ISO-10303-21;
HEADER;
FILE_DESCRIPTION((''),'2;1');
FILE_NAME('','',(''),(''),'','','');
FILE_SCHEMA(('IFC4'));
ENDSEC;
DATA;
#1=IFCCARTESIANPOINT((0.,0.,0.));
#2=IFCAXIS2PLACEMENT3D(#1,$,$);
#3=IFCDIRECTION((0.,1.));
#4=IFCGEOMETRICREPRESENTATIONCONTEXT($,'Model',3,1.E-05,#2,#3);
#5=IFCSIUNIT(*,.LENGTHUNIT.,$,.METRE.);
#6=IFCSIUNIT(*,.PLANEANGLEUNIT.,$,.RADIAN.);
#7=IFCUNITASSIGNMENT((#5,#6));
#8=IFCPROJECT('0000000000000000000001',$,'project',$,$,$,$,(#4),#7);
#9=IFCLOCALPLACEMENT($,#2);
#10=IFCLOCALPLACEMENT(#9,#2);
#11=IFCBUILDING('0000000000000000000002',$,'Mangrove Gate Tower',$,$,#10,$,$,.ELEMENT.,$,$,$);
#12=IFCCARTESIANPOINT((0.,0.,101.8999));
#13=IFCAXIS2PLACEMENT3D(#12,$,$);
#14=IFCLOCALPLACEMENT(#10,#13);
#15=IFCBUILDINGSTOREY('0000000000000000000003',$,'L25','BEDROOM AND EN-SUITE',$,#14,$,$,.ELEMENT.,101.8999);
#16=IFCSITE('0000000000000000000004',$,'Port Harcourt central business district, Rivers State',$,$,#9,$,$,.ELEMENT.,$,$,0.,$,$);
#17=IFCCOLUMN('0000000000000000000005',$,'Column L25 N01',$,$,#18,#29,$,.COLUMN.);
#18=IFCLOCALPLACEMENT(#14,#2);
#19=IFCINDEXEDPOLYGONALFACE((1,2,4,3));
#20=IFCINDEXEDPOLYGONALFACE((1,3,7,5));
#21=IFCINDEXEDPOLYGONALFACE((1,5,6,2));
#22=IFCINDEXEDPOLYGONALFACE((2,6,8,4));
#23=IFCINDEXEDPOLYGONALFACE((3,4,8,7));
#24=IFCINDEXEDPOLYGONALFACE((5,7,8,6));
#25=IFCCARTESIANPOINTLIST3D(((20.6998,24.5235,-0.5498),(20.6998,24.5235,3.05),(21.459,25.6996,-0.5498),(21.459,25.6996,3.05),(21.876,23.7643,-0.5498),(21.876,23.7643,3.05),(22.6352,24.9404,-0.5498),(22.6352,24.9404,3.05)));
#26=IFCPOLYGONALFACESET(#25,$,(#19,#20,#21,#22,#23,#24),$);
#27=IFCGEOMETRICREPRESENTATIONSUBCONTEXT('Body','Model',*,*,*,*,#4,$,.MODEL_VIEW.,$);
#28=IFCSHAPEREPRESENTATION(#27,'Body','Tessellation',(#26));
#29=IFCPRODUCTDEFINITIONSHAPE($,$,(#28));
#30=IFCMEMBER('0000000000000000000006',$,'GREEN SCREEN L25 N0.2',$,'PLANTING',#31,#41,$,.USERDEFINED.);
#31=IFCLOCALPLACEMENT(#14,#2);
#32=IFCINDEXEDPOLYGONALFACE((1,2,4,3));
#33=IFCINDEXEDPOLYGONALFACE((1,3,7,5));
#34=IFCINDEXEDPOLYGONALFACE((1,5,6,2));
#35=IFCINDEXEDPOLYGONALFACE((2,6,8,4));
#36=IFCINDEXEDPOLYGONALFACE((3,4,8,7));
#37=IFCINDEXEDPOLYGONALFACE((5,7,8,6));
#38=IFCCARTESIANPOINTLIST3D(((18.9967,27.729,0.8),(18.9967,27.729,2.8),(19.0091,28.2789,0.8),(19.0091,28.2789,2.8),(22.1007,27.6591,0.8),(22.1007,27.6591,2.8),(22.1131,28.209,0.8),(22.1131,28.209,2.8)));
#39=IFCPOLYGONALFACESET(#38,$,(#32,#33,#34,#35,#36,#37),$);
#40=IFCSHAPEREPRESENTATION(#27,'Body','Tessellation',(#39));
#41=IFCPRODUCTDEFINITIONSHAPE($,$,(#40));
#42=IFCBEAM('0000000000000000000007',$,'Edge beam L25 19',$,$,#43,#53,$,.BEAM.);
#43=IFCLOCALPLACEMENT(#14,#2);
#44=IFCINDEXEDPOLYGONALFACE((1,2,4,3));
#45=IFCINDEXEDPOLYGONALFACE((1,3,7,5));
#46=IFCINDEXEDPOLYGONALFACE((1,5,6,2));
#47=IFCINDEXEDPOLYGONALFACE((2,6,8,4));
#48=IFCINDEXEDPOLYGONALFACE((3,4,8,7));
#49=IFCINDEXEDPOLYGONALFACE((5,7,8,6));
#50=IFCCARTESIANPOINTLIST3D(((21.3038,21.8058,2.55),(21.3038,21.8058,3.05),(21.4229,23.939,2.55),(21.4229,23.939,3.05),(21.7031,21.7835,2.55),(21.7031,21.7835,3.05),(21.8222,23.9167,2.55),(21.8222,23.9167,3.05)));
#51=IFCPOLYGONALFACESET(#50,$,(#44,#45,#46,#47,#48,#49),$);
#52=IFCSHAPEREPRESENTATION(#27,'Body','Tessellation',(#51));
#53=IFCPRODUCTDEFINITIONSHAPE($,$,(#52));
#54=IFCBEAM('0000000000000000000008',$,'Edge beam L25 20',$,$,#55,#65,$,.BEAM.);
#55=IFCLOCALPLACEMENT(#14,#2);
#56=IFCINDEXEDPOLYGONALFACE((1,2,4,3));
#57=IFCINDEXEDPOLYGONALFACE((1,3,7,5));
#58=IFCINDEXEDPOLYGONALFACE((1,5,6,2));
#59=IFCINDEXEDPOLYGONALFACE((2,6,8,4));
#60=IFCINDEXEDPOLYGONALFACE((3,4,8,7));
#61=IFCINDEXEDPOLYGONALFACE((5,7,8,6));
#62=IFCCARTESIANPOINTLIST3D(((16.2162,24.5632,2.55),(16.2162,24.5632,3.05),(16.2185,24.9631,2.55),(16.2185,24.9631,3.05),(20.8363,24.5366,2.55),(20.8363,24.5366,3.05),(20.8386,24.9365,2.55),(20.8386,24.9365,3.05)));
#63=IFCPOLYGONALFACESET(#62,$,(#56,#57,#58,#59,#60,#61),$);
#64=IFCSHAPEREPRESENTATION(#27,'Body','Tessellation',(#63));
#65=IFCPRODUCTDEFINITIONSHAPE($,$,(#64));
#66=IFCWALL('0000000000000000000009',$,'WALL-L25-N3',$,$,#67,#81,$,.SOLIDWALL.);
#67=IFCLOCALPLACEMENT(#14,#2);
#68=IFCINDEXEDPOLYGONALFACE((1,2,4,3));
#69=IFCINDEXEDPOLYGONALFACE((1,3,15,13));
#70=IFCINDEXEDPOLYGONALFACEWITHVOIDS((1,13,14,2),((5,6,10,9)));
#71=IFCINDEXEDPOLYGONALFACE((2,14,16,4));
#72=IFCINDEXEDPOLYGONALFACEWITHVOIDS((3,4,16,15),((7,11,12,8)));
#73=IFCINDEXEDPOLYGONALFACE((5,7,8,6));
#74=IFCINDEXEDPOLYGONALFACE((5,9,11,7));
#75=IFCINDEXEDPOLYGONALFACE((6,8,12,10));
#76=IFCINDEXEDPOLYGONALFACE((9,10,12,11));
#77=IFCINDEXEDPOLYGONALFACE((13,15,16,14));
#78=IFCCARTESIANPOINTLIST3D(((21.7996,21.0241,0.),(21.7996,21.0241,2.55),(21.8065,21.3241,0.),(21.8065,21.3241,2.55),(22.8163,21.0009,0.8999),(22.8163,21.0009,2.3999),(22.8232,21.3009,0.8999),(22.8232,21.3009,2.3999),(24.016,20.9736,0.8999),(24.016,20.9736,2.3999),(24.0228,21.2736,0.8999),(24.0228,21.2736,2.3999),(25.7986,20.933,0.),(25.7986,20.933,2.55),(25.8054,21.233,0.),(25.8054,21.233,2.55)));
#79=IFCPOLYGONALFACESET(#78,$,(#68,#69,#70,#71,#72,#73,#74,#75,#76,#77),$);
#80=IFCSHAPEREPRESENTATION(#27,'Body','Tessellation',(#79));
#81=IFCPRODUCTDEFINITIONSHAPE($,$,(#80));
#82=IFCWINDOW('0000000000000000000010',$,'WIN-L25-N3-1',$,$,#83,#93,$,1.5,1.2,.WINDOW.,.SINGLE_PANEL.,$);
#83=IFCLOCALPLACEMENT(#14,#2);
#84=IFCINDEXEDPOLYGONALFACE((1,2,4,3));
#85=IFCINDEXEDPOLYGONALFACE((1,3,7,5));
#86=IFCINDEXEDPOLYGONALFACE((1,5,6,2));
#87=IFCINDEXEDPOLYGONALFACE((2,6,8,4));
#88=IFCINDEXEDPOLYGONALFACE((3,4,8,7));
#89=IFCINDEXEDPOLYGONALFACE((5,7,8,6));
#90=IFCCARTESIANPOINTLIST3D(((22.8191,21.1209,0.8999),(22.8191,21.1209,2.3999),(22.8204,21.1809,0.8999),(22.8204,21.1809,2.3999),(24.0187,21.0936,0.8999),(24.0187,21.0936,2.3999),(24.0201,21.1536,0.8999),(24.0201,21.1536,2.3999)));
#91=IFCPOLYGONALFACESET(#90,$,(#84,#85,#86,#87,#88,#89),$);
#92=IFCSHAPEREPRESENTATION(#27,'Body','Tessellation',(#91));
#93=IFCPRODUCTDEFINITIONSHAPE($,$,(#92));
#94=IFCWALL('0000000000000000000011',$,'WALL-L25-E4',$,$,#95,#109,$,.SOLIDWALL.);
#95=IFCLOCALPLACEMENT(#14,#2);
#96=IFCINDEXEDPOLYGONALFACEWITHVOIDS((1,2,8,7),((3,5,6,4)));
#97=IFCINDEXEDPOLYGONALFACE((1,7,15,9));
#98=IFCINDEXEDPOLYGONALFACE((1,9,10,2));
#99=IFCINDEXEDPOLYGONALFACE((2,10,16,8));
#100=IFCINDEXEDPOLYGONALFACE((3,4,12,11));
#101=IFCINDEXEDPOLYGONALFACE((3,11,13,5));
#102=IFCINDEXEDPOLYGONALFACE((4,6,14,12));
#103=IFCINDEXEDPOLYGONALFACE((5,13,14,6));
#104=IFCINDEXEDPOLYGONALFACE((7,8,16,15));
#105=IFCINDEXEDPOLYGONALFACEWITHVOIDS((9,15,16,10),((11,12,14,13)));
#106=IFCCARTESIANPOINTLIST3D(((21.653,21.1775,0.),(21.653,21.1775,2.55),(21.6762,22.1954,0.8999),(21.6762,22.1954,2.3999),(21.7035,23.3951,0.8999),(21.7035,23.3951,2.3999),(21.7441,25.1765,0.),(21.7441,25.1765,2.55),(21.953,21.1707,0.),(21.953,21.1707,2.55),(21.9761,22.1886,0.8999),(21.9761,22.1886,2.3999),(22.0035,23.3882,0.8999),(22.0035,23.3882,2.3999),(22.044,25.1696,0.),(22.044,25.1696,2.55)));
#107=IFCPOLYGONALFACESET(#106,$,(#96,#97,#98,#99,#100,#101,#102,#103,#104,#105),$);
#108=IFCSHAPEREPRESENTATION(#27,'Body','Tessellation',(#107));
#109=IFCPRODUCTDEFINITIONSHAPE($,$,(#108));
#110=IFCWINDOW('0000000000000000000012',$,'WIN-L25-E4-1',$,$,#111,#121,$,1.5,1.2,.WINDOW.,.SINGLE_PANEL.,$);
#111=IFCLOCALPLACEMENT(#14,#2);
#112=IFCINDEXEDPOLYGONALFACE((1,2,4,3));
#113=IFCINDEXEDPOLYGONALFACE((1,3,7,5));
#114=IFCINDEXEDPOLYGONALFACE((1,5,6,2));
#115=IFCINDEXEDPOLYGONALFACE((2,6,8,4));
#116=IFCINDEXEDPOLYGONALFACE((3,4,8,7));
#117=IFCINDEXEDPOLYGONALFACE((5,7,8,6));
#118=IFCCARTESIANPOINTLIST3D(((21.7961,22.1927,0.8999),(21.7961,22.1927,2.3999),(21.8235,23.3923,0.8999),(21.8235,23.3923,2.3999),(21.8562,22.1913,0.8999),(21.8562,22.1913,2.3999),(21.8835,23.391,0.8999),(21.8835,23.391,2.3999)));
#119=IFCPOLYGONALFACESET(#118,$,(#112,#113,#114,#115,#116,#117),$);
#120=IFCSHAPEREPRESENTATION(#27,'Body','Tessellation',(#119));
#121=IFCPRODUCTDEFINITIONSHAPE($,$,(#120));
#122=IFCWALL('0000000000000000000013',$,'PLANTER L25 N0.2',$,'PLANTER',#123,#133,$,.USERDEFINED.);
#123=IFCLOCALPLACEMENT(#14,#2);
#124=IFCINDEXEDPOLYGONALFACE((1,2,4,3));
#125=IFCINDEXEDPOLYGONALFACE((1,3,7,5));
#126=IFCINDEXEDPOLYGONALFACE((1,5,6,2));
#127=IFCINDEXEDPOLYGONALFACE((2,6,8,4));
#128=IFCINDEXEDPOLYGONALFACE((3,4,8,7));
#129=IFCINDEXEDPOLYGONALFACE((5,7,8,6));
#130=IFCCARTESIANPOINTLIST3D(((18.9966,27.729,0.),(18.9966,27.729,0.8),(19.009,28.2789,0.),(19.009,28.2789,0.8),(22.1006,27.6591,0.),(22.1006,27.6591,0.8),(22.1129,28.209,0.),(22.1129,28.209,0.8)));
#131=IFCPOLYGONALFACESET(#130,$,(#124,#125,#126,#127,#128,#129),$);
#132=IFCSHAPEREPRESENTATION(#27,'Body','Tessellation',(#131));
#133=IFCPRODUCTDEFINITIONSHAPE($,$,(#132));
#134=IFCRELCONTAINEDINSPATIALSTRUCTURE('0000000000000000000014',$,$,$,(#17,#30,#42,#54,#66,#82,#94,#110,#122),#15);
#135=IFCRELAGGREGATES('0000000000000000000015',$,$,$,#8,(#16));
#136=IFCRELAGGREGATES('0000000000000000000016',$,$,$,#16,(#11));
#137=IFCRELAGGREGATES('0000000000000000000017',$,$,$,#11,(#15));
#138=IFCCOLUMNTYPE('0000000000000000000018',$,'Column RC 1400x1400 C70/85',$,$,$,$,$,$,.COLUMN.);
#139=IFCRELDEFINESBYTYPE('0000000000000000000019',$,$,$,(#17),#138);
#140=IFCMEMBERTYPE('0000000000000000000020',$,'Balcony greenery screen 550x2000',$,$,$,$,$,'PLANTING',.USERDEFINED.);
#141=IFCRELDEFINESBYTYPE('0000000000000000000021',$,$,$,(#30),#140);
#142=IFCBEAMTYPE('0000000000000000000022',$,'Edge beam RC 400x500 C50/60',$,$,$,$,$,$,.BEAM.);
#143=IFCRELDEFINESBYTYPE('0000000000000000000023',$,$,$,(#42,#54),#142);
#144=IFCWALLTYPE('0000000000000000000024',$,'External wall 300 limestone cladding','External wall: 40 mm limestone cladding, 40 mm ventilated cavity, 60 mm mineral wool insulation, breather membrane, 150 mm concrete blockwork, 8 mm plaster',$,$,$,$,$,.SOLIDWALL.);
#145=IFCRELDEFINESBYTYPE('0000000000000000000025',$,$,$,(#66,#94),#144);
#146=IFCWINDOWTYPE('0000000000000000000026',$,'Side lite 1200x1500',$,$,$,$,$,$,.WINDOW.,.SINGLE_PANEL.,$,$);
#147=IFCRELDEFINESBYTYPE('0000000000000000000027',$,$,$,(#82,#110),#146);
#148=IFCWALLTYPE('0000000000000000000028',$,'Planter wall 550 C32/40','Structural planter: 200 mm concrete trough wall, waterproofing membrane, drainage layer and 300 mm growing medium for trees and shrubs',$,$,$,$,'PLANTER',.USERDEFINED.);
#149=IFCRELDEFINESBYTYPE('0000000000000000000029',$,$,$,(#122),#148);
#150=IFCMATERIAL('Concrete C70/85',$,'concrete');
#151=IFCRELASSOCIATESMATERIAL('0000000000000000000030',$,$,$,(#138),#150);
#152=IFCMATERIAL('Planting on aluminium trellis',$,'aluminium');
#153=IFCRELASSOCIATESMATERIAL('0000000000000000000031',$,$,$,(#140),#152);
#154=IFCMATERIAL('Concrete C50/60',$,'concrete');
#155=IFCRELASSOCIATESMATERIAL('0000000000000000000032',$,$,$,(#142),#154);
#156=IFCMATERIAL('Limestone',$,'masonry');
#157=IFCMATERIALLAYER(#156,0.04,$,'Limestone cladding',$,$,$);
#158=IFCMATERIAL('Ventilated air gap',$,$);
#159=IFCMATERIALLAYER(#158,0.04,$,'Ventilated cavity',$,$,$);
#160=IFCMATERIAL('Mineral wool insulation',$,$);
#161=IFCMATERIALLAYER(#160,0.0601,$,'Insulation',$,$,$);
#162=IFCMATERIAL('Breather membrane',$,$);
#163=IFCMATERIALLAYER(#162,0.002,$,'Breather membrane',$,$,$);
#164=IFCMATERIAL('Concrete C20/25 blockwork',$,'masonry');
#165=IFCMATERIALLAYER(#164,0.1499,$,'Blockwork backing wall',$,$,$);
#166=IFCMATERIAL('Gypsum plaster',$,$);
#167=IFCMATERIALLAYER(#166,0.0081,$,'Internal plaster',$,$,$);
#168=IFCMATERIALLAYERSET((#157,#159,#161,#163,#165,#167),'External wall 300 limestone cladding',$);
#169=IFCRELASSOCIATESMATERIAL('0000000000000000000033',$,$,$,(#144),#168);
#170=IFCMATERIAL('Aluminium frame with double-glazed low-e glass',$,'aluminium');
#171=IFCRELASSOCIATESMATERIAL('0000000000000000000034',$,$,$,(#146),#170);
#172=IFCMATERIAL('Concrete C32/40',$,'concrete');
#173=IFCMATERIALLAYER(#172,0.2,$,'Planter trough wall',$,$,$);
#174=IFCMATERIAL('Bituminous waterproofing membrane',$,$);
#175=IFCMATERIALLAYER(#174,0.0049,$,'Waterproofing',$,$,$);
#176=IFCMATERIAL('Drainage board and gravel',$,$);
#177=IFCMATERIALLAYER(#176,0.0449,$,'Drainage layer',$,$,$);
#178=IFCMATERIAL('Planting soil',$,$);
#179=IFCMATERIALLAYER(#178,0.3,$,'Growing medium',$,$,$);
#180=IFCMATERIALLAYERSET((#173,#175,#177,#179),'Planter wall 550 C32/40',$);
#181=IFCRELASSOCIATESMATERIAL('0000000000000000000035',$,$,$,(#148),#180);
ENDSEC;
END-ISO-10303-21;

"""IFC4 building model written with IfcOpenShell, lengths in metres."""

from ifc_helpers import new_model, si_unit, direction, frame, frame_2d, origin, origin_2d, place, context, subcontext, project, spatial, rectangle, extrude, material, layer, layer_set, material_profile, profile_set, type_object, element, fill, save


model = new_model("IFC4")

# Units and contexts
model_context = context("Model", 3, precision=1e-05, world=origin(), true_north=direction((0.0, 1.0)))
body_context = subcontext(model_context, "Body", "Model", "MODEL_VIEW")
ifc_project = project(units=[si_unit("LENGTHUNIT", "METRE"), si_unit("PLANEANGLEUNIT", "RADIAN")], contexts=[model_context])

# Site, building, storey
site_placement = place(None, origin())
site = spatial("IfcSite", under=ifc_project, at=site_placement, Name="Port Harcourt central business district, Rivers State", CompositionType="ELEMENT", RefElevation=0.0)
building_placement = place(site_placement, origin())
building = spatial("IfcBuilding", under=site, at=building_placement, Name="Mangrove Gate Tower", CompositionType="ELEMENT")
storey_placement = place(building_placement, frame((0.0, 0.0, 101.8999)))
storey = spatial("IfcBuildingStorey", under=building, at=storey_placement, Name="L25", Description="BEDROOM AND EN-SUITE", CompositionType="ELEMENT", Elevation=101.8999)

# Column
ifc_material_1 = material(Name="Concrete C70/85", Category="concrete")
ifc_material_profile_1 = material_profile(ifc_material_1, rectangle(XDim=1.3999, YDim=1.3999, at=origin_2d()))
ifc_profile_set_1 = profile_set([ifc_material_profile_1], Name="Concrete C70/85")
column_type = type_object("IfcColumnType", Name="Column RC 1400x1400 C70/85", PredefinedType="COLUMN", material=ifc_profile_set_1)
column_placement = place(storey_placement, frame((21.6675, 24.7319, -0.5498), z_axis=(0.0, 0.0, 1.0), x_axis=(-0.84017, 0.542323, 0.0)))
element("IfcColumn", 1, at=column_placement, inside=storey, type_object=column_type, Name="Column L25 N01", PredefinedType="COLUMN", context=body_context, shape_type="SweptSolid", body=[
    extrude(rectangle(XDim=1.3999, YDim=1.3999, at=origin_2d()), origin(), (0.0, 0.0, 1.0), 3.5999),
])

# Member
ifc_material_2 = material(Name="Planting on aluminium trellis", Category="aluminium")
ifc_material_profile_2 = material_profile(ifc_material_2, rectangle(XDim=0.55, YDim=2.0, at=origin_2d()))
ifc_profile_set_2 = profile_set([ifc_material_profile_2], Name="Planting on aluminium trellis")
member_type = type_object("IfcMemberType", Name="Balcony greenery screen 550x2000", ElementType="PLANTING", PredefinedType="USERDEFINED", material=ifc_profile_set_2)
member_placement = place(storey_placement, frame((19.0029, 28.0039, 1.8), z_axis=(0.999747, -0.022489, 0.0), x_axis=(0.022489, 0.999747, 0.0)))
element("IfcMember", 2, at=member_placement, inside=storey, type_object=member_type, Name="GREEN SCREEN L25 N0.2", ObjectType="PLANTING", PredefinedType="USERDEFINED", context=body_context, shape_type="SweptSolid", body=[
    extrude(rectangle(XDim=0.55, YDim=2.0, at=origin_2d()), origin(), (0.0, 0.0, 1.0), 3.1047),
])

# Beams
ifc_material_3 = material(Name="Concrete C50/60", Category="concrete")
ifc_material_profile_3 = material_profile(ifc_material_3, rectangle(XDim=0.3999, YDim=0.5, at=origin_2d()))
ifc_profile_set_3 = profile_set([ifc_material_profile_3], Name="Concrete C50/60")
beam_type = type_object("IfcBeamType", Name="Edge beam RC 400x500 C50/60", PredefinedType="BEAM", material=ifc_profile_set_3)
beam_1_placement = place(storey_placement, frame((21.5034, 21.7947, 2.8), z_axis=(0.055767, 0.998444, 0.0), x_axis=(-0.998444, 0.055767, 0.0)))
element("IfcBeam", 3, at=beam_1_placement, inside=storey, type_object=beam_type, Name="Edge beam L25 19", PredefinedType="BEAM", context=body_context, shape_type="SweptSolid", body=[
    extrude(rectangle(XDim=0.3999, YDim=0.5, at=origin_2d()), origin(), (0.0, 0.0, 1.0), 2.1365),
])
beam_2_placement = place(storey_placement, frame((20.8374, 24.7366, 2.8), z_axis=(-0.999983, 0.00576, 0.0), x_axis=(-0.00576, -0.999983, 0.0)))
element("IfcBeam", 4, at=beam_2_placement, inside=storey, type_object=beam_type, Name="Edge beam L25 20", PredefinedType="BEAM", context=body_context, shape_type="SweptSolid", body=[
    extrude(rectangle(XDim=0.3999, YDim=0.5, at=origin_2d()), origin(), (0.0, 0.0, 1.0), 4.6201),
])

# Walls, openings, windows
ifc_material_4 = material(Name="Limestone", Category="masonry")
ifc_layer_1 = layer(ifc_material_4, 0.04, Name="Limestone cladding")
ifc_material_5 = material(Name="Ventilated air gap")
ifc_layer_2 = layer(ifc_material_5, 0.04, Name="Ventilated cavity")
ifc_material_6 = material(Name="Mineral wool insulation")
ifc_layer_3 = layer(ifc_material_6, 0.0601, Name="Insulation")
ifc_material_7 = material(Name="Breather membrane")
ifc_layer_4 = layer(ifc_material_7, 0.002, Name="Breather membrane")
ifc_material_8 = material(Name="Concrete C20/25 blockwork", Category="masonry")
ifc_layer_5 = layer(ifc_material_8, 0.1499, Name="Blockwork backing wall")
ifc_material_9 = material(Name="Gypsum plaster")
ifc_layer_6 = layer(ifc_material_9, 0.0081, Name="Internal plaster")
ifc_layer_set_1 = layer_set([ifc_layer_1, ifc_layer_2, ifc_layer_3, ifc_layer_4, ifc_layer_5, ifc_layer_6], Name="External wall 300 limestone cladding")
wall_type_1 = type_object("IfcWallType", Name="External wall 300 limestone cladding", Description="External wall: 40 mm limestone cladding, 40 mm ventilated cavity, 60 mm mineral wool insulation, breather membrane, 150 mm concrete blockwork, 8 mm plaster", PredefinedType="SOLIDWALL", material=ifc_layer_set_1)
wall_1_placement = place(storey_placement, frame((25.802, 21.083, 0.0), z_axis=(0.0, 0.0, 1.0), x_axis=(-0.999741, 0.022766, 0.0)))
wall_1 = element("IfcWall", 5, at=wall_1_placement, inside=storey, type_object=wall_type_1, Name="WALL-L25-N3", PredefinedType="SOLIDWALL", context=body_context, shape_type="SweptSolid", body=[
    extrude(rectangle(XDim=4.0, YDim=0.3, at=frame_2d((2.0, 0.0))), origin(), (0.0, 0.0, 1.0), 2.55),
])
opening_1_placement = place(wall_1_placement, frame((1.783, 0.0, 0.8999)))
opening_1 = element("IfcOpeningElement", 6, at=opening_1_placement, cuts=wall_1, PredefinedType="OPENING", context=body_context, shape_type="SweptSolid", body=[
    extrude(rectangle(XDim=1.2, YDim=1.5, at=frame_2d((0.6001, 0.75))), frame((0.0, 0.1599, 0.0), z_axis=(0.0, -1.0, 0.0), x_axis=(1.0, 0.0, 0.0)), (0.0, 0.0, 1.0), 0.3201),
])
ifc_material_10 = material(Name="Aluminium frame with double-glazed low-e glass", Category="aluminium")
window_type_1 = type_object("IfcWindowType", Name="Side lite 1200x1500", PartitioningType="SINGLE_PANEL", PredefinedType="WINDOW", material=ifc_material_10)
window_1_placement = place(opening_1_placement, origin())
window_1 = element("IfcWindow", 7, at=window_1_placement, inside=storey, type_object=window_type_1, Name="WIN-L25-N3-1", OverallHeight=1.5, OverallWidth=1.2, PartitioningType="SINGLE_PANEL", PredefinedType="WINDOW", context=body_context, shape_type="SweptSolid", body=[
    extrude(rectangle(XDim=1.2, YDim=1.5, at=frame_2d((0.6001, 0.75))), frame((0.0, 0.03, 0.0), z_axis=(0.0, -1.0, 0.0), x_axis=(1.0, 0.0, 0.0)), (0.0, 0.0, 1.0), 0.0601),
])
fill(opening_1, window_1)
wall_2_placement = place(storey_placement, frame((21.803, 21.1741, 0.0), z_axis=(0.0, 0.0, 1.0), x_axis=(0.022766, 0.999741, 0.0)))
wall_2 = element("IfcWall", 8, at=wall_2_placement, inside=storey, type_object=wall_type_1, Name="WALL-L25-E4", PredefinedType="SOLIDWALL", context=body_context, shape_type="SweptSolid", body=[
    extrude(rectangle(XDim=4.0, YDim=0.3, at=frame_2d((2.0, 0.0))), origin(), (0.0, 0.0, 1.0), 2.55),
])
opening_2_placement = place(wall_2_placement, frame((1.0181, 0.0, 0.8999)))
opening_2 = element("IfcOpeningElement", 9, at=opening_2_placement, cuts=wall_2, PredefinedType="OPENING", context=body_context, shape_type="SweptSolid", body=[
    extrude(rectangle(XDim=1.2, YDim=1.5, at=frame_2d((0.6001, 0.75))), frame((0.0, 0.1599, 0.0), z_axis=(0.0, -1.0, 0.0), x_axis=(1.0, 0.0, 0.0)), (0.0, 0.0, 1.0), 0.3201),
])
window_2_placement = place(opening_2_placement, origin())
window_2 = element("IfcWindow", 10, at=window_2_placement, inside=storey, type_object=window_type_1, Name="WIN-L25-E4-1", OverallHeight=1.5, OverallWidth=1.2, PartitioningType="SINGLE_PANEL", PredefinedType="WINDOW", context=body_context, shape_type="SweptSolid", body=[
    extrude(rectangle(XDim=1.2, YDim=1.5, at=frame_2d((0.6001, 0.75))), frame((0.0, 0.03, 0.0), z_axis=(0.0, -1.0, 0.0), x_axis=(1.0, 0.0, 0.0)), (0.0, 0.0, 1.0), 0.0601),
])
fill(opening_2, window_2)

# Wall
ifc_material_11 = material(Name="Concrete C32/40", Category="concrete")
ifc_layer_7 = layer(ifc_material_11, 0.2, Name="Planter trough wall")
ifc_material_12 = material(Name="Bituminous waterproofing membrane")
ifc_layer_8 = layer(ifc_material_12, 0.0049, Name="Waterproofing")
ifc_material_13 = material(Name="Drainage board and gravel")
ifc_layer_9 = layer(ifc_material_13, 0.0449, Name="Drainage layer")
ifc_material_14 = material(Name="Planting soil")
ifc_layer_10 = layer(ifc_material_14, 0.3, Name="Growing medium")
ifc_layer_set_2 = layer_set([ifc_layer_7, ifc_layer_8, ifc_layer_9, ifc_layer_10], Name="Planter wall 550 C32/40")
wall_type_2 = type_object("IfcWallType", Name="Planter wall 550 C32/40", Description="Structural planter: 200 mm concrete trough wall, waterproofing membrane, drainage layer and 300 mm growing medium for trees and shrubs", ElementType="PLANTER", PredefinedType="USERDEFINED", material=ifc_layer_set_2)
wall_3_placement = place(storey_placement, frame((19.0029, 28.0039, 0.0), z_axis=(0.0, 0.0, 1.0), x_axis=(0.999747, -0.022489, 0.0)))
element("IfcWall", 11, at=wall_3_placement, inside=storey, type_object=wall_type_2, Name="PLANTER L25 N0.2", ObjectType="PLANTER", PredefinedType="USERDEFINED", context=body_context, shape_type="SweptSolid", body=[
    extrude(rectangle(XDim=3.1047, YDim=0.55, at=frame_2d((1.5522, 0.0))), origin(), (0.0, 0.0, 1.0), 0.8),
])

save(model, "model.ifc")
